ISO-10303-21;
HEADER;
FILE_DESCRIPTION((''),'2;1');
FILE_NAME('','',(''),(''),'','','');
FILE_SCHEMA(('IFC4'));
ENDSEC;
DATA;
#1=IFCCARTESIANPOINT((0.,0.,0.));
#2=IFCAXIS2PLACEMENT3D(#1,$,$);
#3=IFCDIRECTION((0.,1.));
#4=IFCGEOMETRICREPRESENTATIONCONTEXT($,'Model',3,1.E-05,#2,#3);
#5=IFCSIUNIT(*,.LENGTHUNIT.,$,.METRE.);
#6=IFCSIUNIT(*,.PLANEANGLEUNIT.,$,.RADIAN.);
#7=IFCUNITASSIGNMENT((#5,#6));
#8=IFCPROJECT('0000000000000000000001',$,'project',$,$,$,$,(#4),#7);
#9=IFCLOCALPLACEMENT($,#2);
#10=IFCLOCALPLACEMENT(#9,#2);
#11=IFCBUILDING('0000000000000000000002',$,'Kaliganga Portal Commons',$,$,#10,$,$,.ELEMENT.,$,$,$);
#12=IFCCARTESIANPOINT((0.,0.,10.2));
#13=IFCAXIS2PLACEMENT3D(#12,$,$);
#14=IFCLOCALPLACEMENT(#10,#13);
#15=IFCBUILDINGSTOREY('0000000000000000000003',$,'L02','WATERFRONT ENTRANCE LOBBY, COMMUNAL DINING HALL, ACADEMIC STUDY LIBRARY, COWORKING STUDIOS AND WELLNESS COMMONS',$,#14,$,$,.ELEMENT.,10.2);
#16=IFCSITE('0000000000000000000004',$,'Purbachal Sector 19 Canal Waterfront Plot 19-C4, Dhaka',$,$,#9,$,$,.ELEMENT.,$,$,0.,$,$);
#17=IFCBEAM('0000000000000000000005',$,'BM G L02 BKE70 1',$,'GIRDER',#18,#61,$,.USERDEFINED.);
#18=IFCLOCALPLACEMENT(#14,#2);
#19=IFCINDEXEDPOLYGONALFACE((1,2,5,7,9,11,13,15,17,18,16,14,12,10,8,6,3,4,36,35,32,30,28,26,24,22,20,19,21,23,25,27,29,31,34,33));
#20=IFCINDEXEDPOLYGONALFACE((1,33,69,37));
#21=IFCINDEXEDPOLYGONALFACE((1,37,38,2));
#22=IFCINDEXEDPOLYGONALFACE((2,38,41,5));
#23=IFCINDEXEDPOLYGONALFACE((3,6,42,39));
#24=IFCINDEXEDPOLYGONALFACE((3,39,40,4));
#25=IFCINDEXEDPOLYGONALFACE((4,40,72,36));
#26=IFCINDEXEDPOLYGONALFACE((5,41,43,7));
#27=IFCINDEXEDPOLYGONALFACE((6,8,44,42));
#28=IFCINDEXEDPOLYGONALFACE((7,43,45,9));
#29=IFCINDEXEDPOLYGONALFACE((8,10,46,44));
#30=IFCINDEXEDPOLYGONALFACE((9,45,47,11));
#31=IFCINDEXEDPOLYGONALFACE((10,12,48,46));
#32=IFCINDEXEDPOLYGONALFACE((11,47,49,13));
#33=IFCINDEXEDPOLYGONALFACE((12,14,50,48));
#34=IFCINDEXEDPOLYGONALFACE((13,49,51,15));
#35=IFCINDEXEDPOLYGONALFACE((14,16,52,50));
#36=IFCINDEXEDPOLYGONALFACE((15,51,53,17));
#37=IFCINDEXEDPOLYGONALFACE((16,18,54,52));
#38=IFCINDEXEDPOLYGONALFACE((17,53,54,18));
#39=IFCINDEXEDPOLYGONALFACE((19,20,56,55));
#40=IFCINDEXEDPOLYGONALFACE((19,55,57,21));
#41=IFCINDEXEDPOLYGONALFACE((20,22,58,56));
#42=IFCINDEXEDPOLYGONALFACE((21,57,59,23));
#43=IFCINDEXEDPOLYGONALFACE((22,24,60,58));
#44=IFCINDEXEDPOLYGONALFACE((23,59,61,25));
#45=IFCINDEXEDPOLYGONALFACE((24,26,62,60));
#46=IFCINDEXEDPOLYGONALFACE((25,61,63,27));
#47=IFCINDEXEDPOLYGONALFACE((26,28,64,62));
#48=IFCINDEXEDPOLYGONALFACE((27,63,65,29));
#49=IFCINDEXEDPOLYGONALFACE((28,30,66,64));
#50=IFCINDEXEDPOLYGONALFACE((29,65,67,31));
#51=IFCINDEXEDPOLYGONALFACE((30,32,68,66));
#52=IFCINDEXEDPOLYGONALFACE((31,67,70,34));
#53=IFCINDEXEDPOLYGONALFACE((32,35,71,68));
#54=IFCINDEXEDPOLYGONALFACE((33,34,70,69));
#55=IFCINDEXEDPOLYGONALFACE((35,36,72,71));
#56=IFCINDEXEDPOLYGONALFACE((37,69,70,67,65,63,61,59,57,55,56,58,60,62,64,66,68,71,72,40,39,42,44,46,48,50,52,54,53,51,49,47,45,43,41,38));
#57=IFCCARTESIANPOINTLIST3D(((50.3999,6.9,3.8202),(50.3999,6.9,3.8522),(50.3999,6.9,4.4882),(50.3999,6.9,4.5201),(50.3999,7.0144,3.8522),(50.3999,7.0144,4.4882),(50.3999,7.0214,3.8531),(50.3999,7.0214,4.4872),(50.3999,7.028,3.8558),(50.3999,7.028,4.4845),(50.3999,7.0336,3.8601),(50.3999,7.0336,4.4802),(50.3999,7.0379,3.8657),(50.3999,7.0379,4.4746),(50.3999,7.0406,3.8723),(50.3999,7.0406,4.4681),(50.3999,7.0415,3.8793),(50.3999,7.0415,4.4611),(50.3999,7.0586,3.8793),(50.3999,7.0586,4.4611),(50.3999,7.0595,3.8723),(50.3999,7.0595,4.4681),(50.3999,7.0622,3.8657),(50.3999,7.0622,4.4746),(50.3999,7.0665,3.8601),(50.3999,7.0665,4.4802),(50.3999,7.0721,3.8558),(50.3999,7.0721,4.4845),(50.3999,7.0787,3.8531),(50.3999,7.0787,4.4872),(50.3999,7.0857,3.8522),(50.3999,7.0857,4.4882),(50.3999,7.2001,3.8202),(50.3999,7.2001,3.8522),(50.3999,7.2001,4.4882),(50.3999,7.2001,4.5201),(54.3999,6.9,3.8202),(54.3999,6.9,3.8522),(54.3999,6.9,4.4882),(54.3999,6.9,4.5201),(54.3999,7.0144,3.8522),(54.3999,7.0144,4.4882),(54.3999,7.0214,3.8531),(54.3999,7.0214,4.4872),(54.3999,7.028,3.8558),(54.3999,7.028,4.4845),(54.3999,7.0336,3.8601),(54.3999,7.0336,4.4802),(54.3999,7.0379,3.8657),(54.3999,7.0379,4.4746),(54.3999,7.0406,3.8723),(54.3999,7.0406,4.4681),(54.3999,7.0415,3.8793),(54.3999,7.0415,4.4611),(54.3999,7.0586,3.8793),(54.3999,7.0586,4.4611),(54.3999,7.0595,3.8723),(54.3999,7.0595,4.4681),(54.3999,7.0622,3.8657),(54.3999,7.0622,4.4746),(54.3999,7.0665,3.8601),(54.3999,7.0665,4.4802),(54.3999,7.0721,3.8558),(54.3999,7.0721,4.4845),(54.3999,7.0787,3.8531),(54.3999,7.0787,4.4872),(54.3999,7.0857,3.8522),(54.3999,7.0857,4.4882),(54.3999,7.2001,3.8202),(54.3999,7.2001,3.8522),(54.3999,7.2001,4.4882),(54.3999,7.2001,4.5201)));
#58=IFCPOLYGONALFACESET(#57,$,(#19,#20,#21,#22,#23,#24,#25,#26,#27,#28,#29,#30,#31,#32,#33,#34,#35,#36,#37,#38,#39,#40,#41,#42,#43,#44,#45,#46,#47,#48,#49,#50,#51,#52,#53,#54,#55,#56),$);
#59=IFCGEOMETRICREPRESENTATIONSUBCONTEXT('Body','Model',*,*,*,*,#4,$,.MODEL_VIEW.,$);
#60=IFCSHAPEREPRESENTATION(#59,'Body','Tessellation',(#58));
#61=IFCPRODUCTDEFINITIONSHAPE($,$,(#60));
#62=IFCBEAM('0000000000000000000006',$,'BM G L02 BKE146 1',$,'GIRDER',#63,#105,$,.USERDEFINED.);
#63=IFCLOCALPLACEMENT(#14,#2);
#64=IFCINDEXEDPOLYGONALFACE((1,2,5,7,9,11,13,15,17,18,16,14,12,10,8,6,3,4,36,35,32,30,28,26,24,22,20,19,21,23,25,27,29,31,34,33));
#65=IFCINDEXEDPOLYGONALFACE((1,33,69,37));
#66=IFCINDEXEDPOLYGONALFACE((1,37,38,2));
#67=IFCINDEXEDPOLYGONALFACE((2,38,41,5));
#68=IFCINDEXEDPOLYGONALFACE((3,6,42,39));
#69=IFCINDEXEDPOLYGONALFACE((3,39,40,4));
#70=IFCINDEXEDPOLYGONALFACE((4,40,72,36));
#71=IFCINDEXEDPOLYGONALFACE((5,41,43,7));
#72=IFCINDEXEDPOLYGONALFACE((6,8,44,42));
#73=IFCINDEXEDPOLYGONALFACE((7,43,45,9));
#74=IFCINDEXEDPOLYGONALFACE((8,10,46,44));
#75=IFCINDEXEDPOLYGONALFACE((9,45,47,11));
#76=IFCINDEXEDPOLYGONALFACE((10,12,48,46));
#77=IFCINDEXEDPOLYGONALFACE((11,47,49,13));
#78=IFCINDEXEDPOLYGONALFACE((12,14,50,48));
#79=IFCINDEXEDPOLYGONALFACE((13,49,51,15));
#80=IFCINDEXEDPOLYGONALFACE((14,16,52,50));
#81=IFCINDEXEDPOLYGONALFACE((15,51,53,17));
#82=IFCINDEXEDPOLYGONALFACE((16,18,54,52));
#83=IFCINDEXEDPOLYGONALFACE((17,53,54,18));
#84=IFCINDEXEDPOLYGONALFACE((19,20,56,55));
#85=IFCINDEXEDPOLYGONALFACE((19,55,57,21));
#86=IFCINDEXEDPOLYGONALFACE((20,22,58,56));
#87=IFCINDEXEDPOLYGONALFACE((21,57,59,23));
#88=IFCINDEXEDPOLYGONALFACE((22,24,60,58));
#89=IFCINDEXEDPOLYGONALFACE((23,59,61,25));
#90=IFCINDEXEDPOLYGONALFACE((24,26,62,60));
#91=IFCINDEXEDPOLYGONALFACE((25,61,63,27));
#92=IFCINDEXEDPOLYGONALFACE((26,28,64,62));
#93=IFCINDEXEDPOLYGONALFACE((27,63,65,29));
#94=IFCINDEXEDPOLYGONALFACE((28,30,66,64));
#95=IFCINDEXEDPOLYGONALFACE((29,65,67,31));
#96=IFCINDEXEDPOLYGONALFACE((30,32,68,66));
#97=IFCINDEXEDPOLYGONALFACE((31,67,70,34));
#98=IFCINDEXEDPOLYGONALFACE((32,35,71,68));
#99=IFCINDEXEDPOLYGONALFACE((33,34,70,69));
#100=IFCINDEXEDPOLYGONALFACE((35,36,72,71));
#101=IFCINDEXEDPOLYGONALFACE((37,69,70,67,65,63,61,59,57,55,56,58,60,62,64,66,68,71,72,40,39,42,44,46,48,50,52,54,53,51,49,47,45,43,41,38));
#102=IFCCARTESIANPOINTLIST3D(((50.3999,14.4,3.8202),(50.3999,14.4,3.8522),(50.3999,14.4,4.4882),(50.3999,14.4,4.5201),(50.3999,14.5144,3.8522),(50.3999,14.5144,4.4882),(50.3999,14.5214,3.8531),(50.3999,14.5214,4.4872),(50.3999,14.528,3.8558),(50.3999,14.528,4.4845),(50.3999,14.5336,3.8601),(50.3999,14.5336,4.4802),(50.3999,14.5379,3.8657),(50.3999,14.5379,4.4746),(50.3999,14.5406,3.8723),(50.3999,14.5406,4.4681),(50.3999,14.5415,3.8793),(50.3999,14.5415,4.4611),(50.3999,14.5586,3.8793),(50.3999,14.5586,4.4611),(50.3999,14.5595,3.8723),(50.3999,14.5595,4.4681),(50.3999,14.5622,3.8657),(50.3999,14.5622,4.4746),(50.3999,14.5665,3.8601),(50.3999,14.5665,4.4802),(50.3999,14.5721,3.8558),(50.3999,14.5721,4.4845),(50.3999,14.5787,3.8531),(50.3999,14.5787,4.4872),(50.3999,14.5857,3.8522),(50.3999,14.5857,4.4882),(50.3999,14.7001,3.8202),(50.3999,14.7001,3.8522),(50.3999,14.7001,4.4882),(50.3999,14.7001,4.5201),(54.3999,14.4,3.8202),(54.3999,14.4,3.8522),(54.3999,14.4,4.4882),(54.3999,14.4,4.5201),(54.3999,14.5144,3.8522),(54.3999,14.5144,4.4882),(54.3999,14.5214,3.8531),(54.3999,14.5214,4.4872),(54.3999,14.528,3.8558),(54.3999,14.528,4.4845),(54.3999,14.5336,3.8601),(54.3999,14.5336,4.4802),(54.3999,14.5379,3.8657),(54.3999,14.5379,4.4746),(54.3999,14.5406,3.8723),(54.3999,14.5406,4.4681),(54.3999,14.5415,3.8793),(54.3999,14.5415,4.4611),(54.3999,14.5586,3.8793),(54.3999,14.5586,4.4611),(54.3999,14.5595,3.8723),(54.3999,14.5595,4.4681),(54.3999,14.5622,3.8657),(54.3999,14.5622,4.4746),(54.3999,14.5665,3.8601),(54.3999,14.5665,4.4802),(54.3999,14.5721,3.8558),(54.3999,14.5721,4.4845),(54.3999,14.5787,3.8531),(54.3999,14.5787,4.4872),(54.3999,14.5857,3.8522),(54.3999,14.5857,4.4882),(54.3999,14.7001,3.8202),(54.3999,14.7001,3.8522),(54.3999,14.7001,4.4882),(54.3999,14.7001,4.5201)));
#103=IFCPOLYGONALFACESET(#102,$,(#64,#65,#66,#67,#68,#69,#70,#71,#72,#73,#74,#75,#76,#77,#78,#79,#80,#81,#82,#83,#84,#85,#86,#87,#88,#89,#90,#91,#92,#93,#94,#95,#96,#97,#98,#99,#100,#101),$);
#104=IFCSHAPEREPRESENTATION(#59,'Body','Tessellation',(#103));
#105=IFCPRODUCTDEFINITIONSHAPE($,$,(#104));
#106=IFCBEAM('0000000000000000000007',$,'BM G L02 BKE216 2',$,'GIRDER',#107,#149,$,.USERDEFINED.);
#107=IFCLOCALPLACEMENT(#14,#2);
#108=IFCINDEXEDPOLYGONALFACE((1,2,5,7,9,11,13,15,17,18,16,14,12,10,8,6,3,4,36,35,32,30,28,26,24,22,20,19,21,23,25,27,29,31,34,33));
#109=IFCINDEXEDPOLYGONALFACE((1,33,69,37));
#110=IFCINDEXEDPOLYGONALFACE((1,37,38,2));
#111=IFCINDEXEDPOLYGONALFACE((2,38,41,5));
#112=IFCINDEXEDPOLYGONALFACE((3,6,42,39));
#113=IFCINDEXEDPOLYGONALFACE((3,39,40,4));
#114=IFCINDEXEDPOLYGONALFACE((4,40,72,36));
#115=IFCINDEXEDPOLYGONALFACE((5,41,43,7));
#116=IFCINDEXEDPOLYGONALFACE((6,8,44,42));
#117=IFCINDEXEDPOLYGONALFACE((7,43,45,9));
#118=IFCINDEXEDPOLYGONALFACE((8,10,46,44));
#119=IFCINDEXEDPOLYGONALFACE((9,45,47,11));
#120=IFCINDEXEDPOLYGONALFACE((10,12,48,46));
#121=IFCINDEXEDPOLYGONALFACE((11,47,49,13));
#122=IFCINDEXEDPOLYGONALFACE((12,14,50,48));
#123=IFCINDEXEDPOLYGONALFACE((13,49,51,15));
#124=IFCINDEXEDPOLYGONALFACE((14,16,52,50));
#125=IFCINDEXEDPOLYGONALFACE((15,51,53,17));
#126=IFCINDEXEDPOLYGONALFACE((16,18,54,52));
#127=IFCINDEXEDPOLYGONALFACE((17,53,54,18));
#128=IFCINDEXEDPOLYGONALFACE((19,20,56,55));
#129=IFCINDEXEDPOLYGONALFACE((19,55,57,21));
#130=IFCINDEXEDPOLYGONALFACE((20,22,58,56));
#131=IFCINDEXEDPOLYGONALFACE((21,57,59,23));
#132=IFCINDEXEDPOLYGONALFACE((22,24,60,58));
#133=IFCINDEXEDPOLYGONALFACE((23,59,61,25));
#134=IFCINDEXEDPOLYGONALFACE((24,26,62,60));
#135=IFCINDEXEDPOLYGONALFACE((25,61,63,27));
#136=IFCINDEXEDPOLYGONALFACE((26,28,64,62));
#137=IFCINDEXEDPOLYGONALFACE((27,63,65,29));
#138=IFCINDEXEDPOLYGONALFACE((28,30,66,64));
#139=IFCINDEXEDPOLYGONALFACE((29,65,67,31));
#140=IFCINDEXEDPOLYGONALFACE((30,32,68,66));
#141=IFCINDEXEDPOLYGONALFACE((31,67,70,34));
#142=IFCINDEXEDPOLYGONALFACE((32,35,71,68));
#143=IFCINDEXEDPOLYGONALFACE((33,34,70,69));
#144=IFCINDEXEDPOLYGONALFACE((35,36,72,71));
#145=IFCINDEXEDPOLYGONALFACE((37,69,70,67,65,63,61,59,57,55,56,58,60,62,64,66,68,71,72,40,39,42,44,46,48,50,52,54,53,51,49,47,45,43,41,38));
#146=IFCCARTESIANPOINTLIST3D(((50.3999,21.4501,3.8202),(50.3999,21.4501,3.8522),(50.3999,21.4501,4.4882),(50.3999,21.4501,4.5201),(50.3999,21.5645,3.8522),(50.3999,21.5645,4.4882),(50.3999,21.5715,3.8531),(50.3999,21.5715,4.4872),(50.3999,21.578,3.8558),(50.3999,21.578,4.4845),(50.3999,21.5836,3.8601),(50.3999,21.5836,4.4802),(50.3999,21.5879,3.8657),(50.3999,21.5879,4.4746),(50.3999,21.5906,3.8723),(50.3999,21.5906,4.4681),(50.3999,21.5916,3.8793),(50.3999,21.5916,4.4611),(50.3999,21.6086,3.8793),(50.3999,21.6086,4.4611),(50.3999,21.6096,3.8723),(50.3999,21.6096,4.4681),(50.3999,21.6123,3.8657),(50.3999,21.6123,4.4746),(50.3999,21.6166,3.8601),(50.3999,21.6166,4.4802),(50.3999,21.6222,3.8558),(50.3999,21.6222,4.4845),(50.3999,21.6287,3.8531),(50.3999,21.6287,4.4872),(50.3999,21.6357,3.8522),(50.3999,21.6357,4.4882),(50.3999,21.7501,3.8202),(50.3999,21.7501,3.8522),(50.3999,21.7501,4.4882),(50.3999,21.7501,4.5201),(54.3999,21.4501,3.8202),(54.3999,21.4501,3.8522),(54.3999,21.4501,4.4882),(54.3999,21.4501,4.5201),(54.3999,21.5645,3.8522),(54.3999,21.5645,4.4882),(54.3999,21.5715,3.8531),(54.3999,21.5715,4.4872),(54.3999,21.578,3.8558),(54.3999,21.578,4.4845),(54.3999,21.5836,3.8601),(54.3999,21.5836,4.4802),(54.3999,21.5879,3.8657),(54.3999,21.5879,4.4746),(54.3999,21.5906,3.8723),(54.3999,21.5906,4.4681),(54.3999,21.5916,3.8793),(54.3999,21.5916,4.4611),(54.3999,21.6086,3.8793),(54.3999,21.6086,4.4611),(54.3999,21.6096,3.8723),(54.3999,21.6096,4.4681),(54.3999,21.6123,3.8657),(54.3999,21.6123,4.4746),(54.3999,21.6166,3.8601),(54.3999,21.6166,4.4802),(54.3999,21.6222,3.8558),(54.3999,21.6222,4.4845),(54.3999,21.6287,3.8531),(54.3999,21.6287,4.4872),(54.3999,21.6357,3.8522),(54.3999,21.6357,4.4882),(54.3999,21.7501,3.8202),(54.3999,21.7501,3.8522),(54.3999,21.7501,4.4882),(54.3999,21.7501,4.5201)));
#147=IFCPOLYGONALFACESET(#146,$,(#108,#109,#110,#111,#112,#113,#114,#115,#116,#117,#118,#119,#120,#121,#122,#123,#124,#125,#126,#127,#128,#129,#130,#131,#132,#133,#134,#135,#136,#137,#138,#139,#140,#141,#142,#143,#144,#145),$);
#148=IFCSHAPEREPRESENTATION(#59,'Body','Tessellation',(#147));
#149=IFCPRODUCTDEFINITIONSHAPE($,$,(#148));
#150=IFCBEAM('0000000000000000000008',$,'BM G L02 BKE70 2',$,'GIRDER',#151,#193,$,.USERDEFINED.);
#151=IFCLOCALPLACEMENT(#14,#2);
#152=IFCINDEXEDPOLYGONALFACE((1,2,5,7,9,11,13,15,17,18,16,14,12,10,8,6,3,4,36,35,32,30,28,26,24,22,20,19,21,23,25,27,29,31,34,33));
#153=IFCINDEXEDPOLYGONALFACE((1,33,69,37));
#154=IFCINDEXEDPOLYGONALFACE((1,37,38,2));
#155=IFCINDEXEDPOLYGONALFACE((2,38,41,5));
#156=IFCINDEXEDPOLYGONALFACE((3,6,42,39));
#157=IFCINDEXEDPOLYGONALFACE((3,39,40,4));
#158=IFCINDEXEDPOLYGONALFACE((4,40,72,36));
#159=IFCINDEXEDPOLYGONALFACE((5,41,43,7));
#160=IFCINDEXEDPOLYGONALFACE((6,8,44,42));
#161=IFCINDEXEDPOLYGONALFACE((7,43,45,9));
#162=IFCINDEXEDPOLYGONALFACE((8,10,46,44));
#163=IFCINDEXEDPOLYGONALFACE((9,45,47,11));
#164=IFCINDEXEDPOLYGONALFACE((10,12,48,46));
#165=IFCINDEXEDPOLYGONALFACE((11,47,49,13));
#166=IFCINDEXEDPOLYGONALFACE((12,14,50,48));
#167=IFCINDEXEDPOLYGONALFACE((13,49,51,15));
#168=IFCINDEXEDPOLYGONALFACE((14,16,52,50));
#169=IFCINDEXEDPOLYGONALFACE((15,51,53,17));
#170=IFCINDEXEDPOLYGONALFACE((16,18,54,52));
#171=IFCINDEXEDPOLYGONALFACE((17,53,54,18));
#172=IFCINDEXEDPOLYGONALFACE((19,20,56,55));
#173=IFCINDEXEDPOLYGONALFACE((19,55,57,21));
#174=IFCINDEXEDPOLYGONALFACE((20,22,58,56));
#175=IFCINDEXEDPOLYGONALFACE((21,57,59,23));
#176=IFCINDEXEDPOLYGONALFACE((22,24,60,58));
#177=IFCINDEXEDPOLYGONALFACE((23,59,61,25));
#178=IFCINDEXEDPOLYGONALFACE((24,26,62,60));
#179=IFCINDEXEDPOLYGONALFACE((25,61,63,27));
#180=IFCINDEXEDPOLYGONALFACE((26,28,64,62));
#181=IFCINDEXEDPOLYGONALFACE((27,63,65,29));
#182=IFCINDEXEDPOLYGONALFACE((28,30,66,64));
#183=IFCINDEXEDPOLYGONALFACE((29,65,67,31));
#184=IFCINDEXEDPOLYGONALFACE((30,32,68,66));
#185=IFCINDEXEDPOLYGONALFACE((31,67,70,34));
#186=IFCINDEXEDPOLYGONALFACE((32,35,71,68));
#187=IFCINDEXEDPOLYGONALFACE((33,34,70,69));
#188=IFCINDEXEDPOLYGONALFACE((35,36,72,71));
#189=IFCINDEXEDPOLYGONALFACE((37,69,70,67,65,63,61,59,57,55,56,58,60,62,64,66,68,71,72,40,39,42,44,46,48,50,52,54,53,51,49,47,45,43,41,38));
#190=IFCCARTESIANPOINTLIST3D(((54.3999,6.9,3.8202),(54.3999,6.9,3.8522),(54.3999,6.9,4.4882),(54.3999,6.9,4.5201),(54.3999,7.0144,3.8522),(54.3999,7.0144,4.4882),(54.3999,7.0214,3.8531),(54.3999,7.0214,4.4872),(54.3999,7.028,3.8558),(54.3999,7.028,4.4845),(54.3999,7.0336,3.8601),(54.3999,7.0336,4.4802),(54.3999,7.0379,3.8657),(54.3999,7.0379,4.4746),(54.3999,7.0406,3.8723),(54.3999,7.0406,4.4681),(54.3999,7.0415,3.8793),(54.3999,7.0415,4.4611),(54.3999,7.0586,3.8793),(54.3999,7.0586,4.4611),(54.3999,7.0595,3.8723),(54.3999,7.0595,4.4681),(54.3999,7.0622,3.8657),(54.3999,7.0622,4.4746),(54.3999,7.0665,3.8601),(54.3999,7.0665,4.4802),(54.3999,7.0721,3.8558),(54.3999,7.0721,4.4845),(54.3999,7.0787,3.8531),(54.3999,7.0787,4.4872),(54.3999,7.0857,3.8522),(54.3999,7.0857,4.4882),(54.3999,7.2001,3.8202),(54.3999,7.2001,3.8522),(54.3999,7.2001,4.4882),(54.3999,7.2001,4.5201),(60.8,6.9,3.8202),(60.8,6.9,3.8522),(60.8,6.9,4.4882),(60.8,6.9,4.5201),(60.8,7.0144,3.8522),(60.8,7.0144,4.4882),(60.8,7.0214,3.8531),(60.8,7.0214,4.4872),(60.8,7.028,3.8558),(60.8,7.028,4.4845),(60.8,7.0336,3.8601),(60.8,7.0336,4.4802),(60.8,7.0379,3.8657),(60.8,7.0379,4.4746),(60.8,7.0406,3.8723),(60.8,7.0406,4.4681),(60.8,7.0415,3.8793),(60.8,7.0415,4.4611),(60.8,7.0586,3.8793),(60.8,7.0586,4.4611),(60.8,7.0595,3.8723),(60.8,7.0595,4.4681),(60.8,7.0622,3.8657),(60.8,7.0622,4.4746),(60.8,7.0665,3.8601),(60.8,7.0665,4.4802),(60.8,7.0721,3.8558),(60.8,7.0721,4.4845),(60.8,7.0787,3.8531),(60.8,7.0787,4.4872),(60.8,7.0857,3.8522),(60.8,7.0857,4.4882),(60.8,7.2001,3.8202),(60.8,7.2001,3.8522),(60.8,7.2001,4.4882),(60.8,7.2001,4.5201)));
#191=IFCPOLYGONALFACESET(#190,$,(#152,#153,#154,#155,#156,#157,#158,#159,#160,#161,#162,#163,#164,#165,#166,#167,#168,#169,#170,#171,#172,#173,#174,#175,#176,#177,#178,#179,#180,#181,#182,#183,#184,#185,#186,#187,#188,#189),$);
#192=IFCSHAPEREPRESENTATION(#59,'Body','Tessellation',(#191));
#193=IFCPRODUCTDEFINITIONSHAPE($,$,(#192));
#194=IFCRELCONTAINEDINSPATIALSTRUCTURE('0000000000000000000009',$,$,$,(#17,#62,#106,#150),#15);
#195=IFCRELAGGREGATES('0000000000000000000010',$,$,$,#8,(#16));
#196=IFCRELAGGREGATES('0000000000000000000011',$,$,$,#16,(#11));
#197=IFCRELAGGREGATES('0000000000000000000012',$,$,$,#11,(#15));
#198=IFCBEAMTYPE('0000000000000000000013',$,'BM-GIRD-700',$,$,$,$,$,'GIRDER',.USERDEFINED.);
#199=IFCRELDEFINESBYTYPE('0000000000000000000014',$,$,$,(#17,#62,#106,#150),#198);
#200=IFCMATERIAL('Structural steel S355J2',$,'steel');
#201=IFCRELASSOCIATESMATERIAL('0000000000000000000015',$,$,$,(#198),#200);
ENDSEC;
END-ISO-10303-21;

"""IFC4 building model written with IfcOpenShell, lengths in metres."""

from ifc_helpers import new_model, si_unit, direction, frame, origin, origin_2d, place, context, subcontext, project, spatial, i_section, extrude, source, transform, mapped, material, material_profile, profile_set, type_object, element, save


model = new_model("IFC4")

# Units and contexts
model_context = context("Model", 3, precision=1e-05, world=origin(), true_north=direction((0.0, 1.0)))
body_context = subcontext(model_context, "Body", "Model", "MODEL_VIEW")
ifc_project = project(units=[si_unit("LENGTHUNIT", "METRE"), si_unit("PLANEANGLEUNIT", "RADIAN")], contexts=[model_context])

# Site, building, storey
site_placement = place(None, origin())
site = spatial("IfcSite", under=ifc_project, at=site_placement, Name="Purbachal Sector 19 Canal Waterfront Plot 19-C4, Dhaka", CompositionType="ELEMENT", RefElevation=0.0)
building_placement = place(site_placement, origin())
building = spatial("IfcBuilding", under=site, at=building_placement, Name="Kaliganga Portal Commons", CompositionType="ELEMENT")
storey_placement = place(building_placement, frame((0.0, 0.0, 10.2)))
storey = spatial("IfcBuildingStorey", under=building, at=storey_placement, Name="L02", Description="WATERFRONT ENTRANCE LOBBY, COMMUNAL DINING HALL, ACADEMIC STUDY LIBRARY, COWORKING STUDIOS AND WELLNESS COMMONS", CompositionType="ELEMENT", Elevation=10.2)

# Beams
ifc_material_1 = material(Name="Structural steel S355J2", Category="steel")
ifc_material_profile_1 = material_profile(ifc_material_1, i_section(OverallWidth=0.3, OverallDepth=0.7, WebThickness=0.0171, FlangeThickness=0.032, FilletRadius=0.0271, at=origin_2d()), Name="HE 700 B")
ifc_profile_set_1 = profile_set([ifc_material_profile_1], Name="Structural steel S355J2 wide-flange")
beam_type_1 = type_object("IfcBeamType", Name="BM-GIRD-700", ElementType="GIRDER", PredefinedType="USERDEFINED", material=ifc_profile_set_1)
shared_shape_1 = source(origin(), body_context, "Body", "SweptSolid", [
    extrude(i_section(OverallWidth=0.3, OverallDepth=0.7, WebThickness=0.0171, FlangeThickness=0.032, FilletRadius=0.0271, at=origin_2d()), origin(), (0.0, 0.0, 1.0), 4.0),
])
for number, where, z_axis, x_axis, name in (
    (1, (50.3999, 7.05, 4.1702), (1.0, 0.0, 0.0), (0.0, 1.0, 0.0), "BM G L02 BKE70 1"),
    (2, (50.3999, 14.55, 4.1702), (1.0, 0.0, 0.0), (0.0, 1.0, 0.0), "BM G L02 BKE146 1"),
    (3, (50.3999, 21.6001, 4.1702), (1.0, 0.0, 0.0), (0.0, 1.0, 0.0), "BM G L02 BKE216 2"),
):
    element("IfcBeam", number, at=place(storey_placement, frame(where, z_axis=z_axis, x_axis=x_axis)), inside=storey, type_object=beam_type_1, Name=name, ObjectType="GIRDER", PredefinedType="USERDEFINED", context=body_context, shape_type="MappedRepresentation", body=[
        mapped(shared_shape_1, transform((0.0, 0.0, 0.0), x_axis=(1.0, 0.0, 0.0), y_axis=(0.0, 1.0, 0.0), z_axis=(0.0, 0.0, 1.0), scale=1.0)),
    ])
shared_shape_2 = source(origin(), body_context, "Body", "SweptSolid", [
    extrude(i_section(OverallWidth=0.3, OverallDepth=0.7, WebThickness=0.0171, FlangeThickness=0.032, FilletRadius=0.0271, at=origin_2d()), origin(), (0.0, 0.0, 1.0), 6.4001),
])
for number, where, z_axis, x_axis, name in (
    (4, (54.3999, 7.05, 4.1702), (1.0, 0.0, 0.0), (0.0, 1.0, 0.0), "BM G L02 BKE70 2"),
):
    element("IfcBeam", number, at=place(storey_placement, frame(where, z_axis=z_axis, x_axis=x_axis)), inside=storey, type_object=beam_type_1, Name=name, ObjectType="GIRDER", PredefinedType="USERDEFINED", context=body_context, shape_type="MappedRepresentation", body=[
        mapped(shared_shape_2, transform((0.0, 0.0, 0.0), x_axis=(1.0, 0.0, 0.0), y_axis=(0.0, 1.0, 0.0), z_axis=(0.0, 0.0, 1.0), scale=1.0)),
    ])

save(model, "model.ifc")
